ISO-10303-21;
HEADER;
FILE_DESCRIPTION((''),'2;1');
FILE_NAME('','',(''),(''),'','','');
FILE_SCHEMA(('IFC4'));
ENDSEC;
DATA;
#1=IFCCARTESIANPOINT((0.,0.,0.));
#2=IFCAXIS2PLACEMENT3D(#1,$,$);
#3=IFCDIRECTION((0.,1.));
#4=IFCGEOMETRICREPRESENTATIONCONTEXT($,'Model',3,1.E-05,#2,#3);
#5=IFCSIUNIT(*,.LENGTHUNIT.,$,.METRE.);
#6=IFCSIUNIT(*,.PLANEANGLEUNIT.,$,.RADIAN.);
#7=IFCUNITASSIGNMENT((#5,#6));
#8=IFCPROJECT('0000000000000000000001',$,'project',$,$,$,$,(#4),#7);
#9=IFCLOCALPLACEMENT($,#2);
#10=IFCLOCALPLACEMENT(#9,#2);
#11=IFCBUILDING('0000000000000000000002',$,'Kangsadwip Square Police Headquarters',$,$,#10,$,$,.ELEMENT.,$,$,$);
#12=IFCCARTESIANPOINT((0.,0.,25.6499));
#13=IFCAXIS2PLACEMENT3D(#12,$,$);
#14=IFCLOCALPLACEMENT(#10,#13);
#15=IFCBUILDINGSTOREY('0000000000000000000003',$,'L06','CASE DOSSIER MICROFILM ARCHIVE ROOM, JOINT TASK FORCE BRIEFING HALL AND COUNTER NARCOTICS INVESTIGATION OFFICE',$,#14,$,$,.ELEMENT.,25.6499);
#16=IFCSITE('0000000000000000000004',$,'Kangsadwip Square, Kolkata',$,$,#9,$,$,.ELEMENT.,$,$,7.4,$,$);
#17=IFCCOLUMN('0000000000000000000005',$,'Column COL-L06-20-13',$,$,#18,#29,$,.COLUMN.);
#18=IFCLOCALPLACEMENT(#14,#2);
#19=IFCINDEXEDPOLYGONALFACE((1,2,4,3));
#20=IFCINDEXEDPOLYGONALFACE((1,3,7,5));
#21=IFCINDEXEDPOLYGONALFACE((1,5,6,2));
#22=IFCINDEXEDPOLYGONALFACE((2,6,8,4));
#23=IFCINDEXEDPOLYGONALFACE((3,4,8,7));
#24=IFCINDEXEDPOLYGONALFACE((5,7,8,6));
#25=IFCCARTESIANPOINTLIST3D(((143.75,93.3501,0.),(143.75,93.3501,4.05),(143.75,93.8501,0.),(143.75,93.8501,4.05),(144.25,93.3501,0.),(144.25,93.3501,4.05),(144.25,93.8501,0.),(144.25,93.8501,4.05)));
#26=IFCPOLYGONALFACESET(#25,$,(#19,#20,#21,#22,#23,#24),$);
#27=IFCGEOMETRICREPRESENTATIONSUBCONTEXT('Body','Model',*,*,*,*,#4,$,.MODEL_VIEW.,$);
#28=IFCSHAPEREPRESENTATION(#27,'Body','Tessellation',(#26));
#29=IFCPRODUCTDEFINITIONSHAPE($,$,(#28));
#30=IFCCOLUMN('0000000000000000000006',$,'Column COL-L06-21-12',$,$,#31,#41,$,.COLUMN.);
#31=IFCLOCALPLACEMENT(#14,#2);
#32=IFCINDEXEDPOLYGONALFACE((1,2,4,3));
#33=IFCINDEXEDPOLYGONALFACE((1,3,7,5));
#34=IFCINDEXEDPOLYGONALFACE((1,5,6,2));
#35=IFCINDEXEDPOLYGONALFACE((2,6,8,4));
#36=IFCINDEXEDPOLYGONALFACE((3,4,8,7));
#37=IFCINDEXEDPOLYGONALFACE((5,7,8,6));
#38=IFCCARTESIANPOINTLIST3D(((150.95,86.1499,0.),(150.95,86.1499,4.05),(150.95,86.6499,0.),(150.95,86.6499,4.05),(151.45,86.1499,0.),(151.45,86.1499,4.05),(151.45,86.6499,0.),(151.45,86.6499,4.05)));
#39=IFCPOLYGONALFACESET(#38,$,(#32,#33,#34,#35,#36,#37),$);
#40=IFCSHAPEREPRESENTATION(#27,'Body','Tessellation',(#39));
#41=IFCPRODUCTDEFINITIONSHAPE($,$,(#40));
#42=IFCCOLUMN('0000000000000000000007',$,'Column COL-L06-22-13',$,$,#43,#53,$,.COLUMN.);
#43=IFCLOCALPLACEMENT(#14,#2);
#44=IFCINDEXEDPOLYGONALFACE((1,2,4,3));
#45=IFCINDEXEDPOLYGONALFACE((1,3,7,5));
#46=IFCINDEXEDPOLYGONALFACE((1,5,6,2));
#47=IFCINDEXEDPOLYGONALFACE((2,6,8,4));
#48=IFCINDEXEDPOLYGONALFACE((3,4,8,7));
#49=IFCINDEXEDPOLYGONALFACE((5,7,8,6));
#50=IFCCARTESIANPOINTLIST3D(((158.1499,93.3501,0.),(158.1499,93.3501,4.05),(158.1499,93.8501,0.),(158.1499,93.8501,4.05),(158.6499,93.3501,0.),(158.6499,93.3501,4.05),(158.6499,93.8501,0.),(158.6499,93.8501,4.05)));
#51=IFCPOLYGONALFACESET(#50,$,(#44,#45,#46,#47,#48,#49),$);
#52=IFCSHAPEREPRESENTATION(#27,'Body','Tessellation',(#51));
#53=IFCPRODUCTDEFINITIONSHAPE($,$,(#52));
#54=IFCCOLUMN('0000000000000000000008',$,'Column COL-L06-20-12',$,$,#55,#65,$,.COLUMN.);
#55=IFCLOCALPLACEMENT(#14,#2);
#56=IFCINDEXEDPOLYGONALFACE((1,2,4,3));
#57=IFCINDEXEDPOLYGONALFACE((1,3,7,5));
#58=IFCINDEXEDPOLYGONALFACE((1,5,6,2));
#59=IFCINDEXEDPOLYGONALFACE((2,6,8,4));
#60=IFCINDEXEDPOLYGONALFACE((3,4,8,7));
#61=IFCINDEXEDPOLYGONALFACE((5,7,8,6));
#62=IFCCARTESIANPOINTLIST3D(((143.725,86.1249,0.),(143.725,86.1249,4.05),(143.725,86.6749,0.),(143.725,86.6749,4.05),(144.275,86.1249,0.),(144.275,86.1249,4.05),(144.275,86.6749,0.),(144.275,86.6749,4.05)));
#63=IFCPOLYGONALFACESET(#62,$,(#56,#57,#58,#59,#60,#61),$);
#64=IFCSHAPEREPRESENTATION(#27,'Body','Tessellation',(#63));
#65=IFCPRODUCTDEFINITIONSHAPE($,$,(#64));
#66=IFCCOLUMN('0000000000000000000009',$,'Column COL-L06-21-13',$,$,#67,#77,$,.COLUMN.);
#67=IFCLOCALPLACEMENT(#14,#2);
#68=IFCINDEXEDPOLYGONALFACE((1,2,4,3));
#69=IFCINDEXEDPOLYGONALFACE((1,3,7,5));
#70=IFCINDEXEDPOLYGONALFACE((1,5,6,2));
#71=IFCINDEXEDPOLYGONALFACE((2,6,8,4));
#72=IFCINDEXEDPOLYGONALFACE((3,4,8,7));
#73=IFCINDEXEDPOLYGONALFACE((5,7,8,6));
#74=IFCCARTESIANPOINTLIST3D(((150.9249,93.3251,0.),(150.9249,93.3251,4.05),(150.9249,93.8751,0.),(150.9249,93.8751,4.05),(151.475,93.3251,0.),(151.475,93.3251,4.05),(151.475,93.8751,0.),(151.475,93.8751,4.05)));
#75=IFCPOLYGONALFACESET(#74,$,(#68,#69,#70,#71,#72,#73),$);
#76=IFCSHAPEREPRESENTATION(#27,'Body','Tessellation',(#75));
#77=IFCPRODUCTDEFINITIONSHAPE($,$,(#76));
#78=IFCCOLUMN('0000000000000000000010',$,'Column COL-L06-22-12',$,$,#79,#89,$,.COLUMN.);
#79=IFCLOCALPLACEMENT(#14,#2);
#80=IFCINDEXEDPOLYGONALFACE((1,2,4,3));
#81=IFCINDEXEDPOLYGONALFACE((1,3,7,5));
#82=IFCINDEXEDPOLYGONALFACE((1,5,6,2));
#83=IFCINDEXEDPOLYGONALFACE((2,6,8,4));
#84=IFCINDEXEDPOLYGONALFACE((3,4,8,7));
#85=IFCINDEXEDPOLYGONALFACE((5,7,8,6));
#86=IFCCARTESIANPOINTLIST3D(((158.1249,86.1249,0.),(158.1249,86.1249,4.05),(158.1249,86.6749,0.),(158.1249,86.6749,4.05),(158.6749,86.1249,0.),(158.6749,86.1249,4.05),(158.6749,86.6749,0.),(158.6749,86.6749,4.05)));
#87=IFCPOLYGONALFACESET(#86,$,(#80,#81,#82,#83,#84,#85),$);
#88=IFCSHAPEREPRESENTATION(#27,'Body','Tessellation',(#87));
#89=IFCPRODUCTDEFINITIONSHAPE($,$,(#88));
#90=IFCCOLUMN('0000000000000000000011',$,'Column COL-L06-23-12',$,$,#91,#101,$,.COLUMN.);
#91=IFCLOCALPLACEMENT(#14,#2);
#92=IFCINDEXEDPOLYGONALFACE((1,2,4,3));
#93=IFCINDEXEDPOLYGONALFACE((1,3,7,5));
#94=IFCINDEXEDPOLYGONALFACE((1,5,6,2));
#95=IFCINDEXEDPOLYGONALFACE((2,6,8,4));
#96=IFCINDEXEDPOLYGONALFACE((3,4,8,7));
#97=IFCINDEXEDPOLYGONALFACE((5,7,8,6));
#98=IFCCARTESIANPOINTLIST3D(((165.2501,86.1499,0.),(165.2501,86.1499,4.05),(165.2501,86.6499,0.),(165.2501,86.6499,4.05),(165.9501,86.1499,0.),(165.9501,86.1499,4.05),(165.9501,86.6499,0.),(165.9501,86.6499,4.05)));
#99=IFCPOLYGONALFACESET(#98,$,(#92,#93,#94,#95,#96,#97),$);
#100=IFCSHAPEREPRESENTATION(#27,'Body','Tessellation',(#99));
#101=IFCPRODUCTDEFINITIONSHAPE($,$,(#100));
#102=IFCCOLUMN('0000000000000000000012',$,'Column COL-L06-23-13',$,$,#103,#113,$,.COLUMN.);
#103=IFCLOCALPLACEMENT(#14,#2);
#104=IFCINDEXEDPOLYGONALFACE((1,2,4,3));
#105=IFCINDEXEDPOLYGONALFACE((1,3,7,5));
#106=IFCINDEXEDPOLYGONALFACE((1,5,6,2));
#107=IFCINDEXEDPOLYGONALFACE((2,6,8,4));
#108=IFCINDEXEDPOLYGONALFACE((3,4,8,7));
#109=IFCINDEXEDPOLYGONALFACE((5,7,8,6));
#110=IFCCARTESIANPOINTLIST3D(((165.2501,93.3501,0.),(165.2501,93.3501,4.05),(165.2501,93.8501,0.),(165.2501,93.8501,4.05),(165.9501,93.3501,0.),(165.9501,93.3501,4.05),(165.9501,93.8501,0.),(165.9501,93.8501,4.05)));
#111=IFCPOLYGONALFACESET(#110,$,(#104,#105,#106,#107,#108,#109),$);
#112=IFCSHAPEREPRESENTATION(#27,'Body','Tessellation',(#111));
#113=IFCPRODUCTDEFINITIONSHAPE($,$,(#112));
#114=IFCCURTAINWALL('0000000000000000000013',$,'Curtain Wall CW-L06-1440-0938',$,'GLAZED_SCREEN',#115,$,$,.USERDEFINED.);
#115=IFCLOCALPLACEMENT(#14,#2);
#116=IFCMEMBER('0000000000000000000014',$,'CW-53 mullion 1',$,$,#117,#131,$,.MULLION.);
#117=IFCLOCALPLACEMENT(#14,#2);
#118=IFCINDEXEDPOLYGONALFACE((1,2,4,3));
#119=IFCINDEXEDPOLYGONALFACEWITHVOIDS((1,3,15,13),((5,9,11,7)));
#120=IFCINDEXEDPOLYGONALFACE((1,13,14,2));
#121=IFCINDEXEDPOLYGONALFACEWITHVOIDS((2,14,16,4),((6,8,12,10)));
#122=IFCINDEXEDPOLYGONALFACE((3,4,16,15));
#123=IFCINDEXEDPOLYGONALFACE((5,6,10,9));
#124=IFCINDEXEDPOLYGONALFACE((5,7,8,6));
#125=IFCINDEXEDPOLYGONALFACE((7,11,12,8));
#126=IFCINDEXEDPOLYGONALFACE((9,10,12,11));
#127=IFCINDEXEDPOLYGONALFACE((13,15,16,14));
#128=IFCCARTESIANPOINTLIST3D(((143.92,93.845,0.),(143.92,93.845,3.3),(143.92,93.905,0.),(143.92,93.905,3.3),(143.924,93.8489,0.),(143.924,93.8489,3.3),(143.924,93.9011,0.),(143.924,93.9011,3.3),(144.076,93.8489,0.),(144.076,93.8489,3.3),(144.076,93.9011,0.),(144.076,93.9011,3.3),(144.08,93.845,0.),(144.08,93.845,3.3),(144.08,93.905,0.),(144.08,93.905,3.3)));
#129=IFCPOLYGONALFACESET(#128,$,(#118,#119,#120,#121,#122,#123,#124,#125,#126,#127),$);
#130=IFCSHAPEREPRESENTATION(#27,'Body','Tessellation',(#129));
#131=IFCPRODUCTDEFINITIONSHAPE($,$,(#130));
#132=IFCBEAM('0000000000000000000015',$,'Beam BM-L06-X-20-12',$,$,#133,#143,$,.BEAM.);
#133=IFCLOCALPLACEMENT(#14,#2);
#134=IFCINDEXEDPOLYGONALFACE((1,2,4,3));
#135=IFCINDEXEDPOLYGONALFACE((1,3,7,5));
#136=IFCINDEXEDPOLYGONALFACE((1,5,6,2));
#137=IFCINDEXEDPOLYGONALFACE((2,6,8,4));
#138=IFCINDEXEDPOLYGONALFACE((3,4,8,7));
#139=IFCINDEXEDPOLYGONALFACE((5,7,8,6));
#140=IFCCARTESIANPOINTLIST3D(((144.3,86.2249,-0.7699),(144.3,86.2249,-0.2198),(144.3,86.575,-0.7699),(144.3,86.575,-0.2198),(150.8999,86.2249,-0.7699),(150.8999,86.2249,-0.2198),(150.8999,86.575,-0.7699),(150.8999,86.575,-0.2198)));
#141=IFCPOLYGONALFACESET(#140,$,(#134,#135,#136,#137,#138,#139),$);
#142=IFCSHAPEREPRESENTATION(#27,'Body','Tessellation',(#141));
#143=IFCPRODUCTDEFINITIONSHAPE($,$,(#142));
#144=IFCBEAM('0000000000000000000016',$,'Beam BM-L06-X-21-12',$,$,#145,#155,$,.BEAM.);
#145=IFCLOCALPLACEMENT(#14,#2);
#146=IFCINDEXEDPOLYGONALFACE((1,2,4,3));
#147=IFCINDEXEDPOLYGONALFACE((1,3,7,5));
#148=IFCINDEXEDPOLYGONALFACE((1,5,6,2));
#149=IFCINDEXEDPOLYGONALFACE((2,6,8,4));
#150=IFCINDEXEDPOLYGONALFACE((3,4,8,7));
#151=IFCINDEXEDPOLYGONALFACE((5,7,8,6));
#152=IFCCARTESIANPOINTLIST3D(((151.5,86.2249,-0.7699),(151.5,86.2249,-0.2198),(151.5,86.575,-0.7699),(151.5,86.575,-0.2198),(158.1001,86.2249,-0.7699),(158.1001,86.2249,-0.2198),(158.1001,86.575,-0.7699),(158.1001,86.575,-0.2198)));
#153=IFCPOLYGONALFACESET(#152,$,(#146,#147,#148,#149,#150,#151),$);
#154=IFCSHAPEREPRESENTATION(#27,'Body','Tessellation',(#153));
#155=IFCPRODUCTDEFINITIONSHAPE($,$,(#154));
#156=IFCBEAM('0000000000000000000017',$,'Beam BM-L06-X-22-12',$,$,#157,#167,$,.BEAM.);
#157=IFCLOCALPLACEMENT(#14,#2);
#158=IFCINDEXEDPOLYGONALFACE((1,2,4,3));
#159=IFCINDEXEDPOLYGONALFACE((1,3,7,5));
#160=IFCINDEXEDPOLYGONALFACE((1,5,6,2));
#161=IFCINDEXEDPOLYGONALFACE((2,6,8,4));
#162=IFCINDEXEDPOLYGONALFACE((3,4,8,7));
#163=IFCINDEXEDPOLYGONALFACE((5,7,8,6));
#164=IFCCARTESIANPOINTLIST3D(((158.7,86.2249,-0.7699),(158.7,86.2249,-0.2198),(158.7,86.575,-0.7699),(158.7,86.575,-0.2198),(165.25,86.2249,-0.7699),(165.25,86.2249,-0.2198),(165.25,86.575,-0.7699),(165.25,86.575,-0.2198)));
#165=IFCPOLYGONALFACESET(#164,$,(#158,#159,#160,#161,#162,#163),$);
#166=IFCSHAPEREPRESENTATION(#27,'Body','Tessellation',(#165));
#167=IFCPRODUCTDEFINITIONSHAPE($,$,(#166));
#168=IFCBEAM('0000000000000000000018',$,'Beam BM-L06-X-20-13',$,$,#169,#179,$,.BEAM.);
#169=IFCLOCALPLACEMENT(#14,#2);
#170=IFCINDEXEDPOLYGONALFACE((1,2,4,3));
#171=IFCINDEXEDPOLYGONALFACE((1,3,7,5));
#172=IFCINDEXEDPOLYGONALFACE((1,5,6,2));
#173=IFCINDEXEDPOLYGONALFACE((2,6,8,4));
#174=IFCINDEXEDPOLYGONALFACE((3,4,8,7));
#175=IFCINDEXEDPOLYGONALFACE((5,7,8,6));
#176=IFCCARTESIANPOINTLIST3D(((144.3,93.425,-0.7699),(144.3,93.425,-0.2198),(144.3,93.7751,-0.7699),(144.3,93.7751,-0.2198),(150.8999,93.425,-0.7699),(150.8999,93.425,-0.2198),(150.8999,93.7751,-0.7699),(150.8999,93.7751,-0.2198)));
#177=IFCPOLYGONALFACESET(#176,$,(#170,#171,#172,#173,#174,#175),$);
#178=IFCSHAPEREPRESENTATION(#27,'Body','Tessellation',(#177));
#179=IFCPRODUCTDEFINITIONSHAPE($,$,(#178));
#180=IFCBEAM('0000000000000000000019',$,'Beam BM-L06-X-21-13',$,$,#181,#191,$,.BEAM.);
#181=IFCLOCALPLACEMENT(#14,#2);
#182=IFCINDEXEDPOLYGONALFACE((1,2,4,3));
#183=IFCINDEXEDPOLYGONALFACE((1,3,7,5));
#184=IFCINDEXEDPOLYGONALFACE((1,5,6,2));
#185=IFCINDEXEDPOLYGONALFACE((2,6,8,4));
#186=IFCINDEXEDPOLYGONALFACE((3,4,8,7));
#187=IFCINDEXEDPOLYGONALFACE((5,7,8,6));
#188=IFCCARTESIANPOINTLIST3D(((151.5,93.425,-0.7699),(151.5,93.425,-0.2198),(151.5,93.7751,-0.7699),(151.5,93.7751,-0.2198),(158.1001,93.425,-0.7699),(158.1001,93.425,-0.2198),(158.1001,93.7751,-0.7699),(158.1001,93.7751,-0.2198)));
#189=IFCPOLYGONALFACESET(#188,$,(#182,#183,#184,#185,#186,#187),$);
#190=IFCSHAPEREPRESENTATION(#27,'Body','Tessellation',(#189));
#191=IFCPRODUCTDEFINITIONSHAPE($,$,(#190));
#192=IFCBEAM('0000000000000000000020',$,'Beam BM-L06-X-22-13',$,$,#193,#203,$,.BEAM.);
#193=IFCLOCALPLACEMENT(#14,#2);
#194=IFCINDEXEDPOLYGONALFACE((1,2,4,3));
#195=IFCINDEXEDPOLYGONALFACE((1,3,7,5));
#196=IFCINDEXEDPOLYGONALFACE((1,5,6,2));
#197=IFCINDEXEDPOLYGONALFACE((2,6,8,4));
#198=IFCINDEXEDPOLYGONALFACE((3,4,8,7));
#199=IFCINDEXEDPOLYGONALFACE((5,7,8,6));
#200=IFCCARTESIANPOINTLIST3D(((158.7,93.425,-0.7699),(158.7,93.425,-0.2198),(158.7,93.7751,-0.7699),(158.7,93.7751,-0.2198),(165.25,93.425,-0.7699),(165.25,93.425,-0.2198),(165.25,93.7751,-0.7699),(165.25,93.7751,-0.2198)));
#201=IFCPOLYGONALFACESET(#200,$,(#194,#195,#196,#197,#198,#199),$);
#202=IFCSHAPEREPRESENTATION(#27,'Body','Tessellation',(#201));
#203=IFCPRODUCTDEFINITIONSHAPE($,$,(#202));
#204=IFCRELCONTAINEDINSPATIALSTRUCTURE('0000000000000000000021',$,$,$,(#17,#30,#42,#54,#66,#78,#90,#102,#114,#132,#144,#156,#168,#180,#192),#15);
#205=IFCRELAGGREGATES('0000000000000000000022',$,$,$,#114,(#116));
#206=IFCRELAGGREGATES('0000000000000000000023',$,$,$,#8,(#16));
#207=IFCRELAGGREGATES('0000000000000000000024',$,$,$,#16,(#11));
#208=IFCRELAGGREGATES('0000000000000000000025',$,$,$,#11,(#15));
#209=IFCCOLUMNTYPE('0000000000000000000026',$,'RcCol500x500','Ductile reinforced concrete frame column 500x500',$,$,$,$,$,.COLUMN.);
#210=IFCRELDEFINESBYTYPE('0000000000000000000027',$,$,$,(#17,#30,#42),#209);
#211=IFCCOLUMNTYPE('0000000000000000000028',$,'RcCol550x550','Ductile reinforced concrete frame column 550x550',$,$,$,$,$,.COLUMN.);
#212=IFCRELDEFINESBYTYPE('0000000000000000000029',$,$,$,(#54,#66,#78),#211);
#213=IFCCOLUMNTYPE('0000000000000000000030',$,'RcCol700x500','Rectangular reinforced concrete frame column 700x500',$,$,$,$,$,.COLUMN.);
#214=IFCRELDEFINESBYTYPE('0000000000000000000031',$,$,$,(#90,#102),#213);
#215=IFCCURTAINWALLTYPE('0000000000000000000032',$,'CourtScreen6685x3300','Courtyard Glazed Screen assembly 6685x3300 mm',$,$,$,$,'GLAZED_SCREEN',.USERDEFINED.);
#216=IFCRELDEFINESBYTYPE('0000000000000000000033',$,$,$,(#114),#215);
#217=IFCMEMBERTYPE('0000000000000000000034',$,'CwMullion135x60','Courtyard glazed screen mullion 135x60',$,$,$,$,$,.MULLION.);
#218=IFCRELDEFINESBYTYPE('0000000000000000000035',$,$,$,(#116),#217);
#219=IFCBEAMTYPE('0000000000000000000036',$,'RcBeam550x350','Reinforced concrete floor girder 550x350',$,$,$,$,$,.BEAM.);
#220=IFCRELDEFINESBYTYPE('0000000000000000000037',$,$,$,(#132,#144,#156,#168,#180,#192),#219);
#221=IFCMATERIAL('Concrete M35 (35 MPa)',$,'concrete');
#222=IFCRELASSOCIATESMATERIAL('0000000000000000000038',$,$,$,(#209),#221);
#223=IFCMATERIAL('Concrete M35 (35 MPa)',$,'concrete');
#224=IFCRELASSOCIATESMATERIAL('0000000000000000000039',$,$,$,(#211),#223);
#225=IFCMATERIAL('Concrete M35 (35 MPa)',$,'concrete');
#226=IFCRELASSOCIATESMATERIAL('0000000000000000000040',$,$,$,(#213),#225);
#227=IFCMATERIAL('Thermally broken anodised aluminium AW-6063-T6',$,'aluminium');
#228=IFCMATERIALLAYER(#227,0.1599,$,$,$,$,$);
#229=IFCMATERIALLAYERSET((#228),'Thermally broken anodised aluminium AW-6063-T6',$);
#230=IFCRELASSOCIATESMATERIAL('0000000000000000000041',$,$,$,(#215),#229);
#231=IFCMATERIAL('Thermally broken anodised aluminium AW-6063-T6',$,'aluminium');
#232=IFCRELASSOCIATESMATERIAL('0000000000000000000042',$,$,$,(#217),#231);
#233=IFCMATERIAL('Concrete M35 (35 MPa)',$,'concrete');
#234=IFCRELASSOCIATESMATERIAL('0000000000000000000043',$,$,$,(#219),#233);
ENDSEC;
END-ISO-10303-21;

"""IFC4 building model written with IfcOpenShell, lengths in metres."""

from ifc_helpers import new_model, si_unit, direction, frame, origin, origin_2d, place, context, subcontext, project, spatial, rectangle, hollow_rectangle, extrude, material, layer, layer_set, material_profile, profile_set, type_object, element, aggregate, save


model = new_model("IFC4")

# Units and contexts
model_context = context("Model", 3, precision=1e-05, world=origin(), true_north=direction((0.0, 1.0)))
body_context = subcontext(model_context, "Body", "Model", "MODEL_VIEW")
ifc_project = project(units=[si_unit("LENGTHUNIT", "METRE"), si_unit("PLANEANGLEUNIT", "RADIAN")], contexts=[model_context])

# Site, building, storey
site_placement = place(None, origin())
site = spatial("IfcSite", under=ifc_project, at=site_placement, Name="Kangsadwip Square, Kolkata", CompositionType="ELEMENT", RefElevation=7.4)
building_placement = place(site_placement, origin())
building = spatial("IfcBuilding", under=site, at=building_placement, Name="Kangsadwip Square Police Headquarters", CompositionType="ELEMENT")
storey_placement = place(building_placement, frame((0.0, 0.0, 25.6499)))
storey = spatial("IfcBuildingStorey", under=building, at=storey_placement, Name="L06", Description="CASE DOSSIER MICROFILM ARCHIVE ROOM, JOINT TASK FORCE BRIEFING HALL AND COUNTER NARCOTICS INVESTIGATION OFFICE", CompositionType="ELEMENT", Elevation=25.6499)

# Columns
ifc_material_1 = material(Name="Concrete M35 (35 MPa)", Category="concrete")
ifc_material_profile_1 = material_profile(ifc_material_1, rectangle(XDim=0.5, YDim=0.5, at=origin_2d()), Name="RC COL 500X500")
ifc_profile_set_1 = profile_set([ifc_material_profile_1], Name="Concrete M35 (35 MPa)")
column_type_1 = type_object("IfcColumnType", Name="RcCol500x500", Description="Ductile reinforced concrete frame column 500x500", PredefinedType="COLUMN", material=ifc_profile_set_1)
for number, where, z_axis, x_axis, name in (
    (1, (144.0, 93.6001, 0.0), (0.0, 0.0, 1.0), (1.0, 0.0, 0.0), "Column COL-L06-20-13"),
    (2, (151.2, 86.3999, 0.0), (0.0, 0.0, 1.0), (1.0, 0.0, 0.0), "Column COL-L06-21-12"),
    (3, (158.3999, 93.6001, 0.0), (0.0, 0.0, 1.0), (1.0, 0.0, 0.0), "Column COL-L06-22-13"),
):
    element("IfcColumn", number, at=place(storey_placement, frame(where, z_axis=z_axis, x_axis=x_axis)), inside=storey, type_object=column_type_1, Name=name, PredefinedType="COLUMN", context=body_context, shape_type="SweptSolid", body=[
        extrude(rectangle(XDim=0.5, YDim=0.5, at=origin_2d()), origin(), (0.0, 0.0, 1.0), 4.05),
    ])
ifc_material_2 = material(Name="Concrete M35 (35 MPa)", Category="concrete")
ifc_material_profile_2 = material_profile(ifc_material_2, rectangle(XDim=0.55, YDim=0.55, at=origin_2d()), Name="RC COL 550X550")
ifc_profile_set_2 = profile_set([ifc_material_profile_2], Name="Concrete M35 (35 MPa)")
column_type_2 = type_object("IfcColumnType", Name="RcCol550x550", Description="Ductile reinforced concrete frame column 550x550", PredefinedType="COLUMN", material=ifc_profile_set_2)
for number, where, z_axis, x_axis, name in (
    (4, (144.0, 86.3999, 0.0), (0.0, 0.0, 1.0), (1.0, 0.0, 0.0), "Column COL-L06-20-12"),
    (5, (151.2, 93.6001, 0.0), (0.0, 0.0, 1.0), (1.0, 0.0, 0.0), "Column COL-L06-21-13"),
    (6, (158.3999, 86.3999, 0.0), (0.0, 0.0, 1.0), (1.0, 0.0, 0.0), "Column COL-L06-22-12"),
):
    element("IfcColumn", number, at=place(storey_placement, frame(where, z_axis=z_axis, x_axis=x_axis)), inside=storey, type_object=column_type_2, Name=name, PredefinedType="COLUMN", context=body_context, shape_type="SweptSolid", body=[
        extrude(rectangle(XDim=0.55, YDim=0.55, at=origin_2d()), origin(), (0.0, 0.0, 1.0), 4.05),
    ])
ifc_material_3 = material(Name="Concrete M35 (35 MPa)", Category="concrete")
ifc_material_profile_3 = material_profile(ifc_material_3, rectangle(XDim=0.5, YDim=0.7, at=origin_2d()), Name="RC COL 700X500")
ifc_profile_set_3 = profile_set([ifc_material_profile_3], Name="Concrete M35 (35 MPa)")
column_type_3 = type_object("IfcColumnType", Name="RcCol700x500", Description="Rectangular reinforced concrete frame column 700x500", PredefinedType="COLUMN", material=ifc_profile_set_3)
for number, where, z_axis, x_axis, name in (
    (7, (165.6001, 86.3999, 0.0), (0.0, 0.0, 1.0), (0.0, 1.0, 0.0), "Column COL-L06-23-12"),
    (8, (165.6001, 93.6001, 0.0), (0.0, 0.0, 1.0), (0.0, 1.0, 0.0), "Column COL-L06-23-13"),
):
    element("IfcColumn", number, at=place(storey_placement, frame(where, z_axis=z_axis, x_axis=x_axis)), inside=storey, type_object=column_type_3, Name=name, PredefinedType="COLUMN", context=body_context, shape_type="SweptSolid", body=[
        extrude(rectangle(XDim=0.5, YDim=0.7, at=origin_2d()), origin(), (0.0, 0.0, 1.0), 4.05),
    ])

# Curtain wall, member
ifc_material_4 = material(Name="Thermally broken anodised aluminium AW-6063-T6", Category="aluminium")
ifc_layer_1 = layer(ifc_material_4, 0.1599)
ifc_layer_set_1 = layer_set([ifc_layer_1], Name="Thermally broken anodised aluminium AW-6063-T6")
curtain_wall_type = type_object("IfcCurtainWallType", Name="CourtScreen6685x3300", Description="Courtyard Glazed Screen assembly 6685x3300 mm", ElementType="GLAZED_SCREEN", PredefinedType="USERDEFINED", material=ifc_layer_set_1)
curtain_wall_placement = place(storey_placement, origin())
curtain_wall = element("IfcCurtainWall", 9, at=curtain_wall_placement, inside=storey, type_object=curtain_wall_type, Name="Curtain Wall CW-L06-1440-0938", ObjectType="GLAZED_SCREEN", PredefinedType="USERDEFINED")
ifc_material_5 = material(Name="Thermally broken anodised aluminium AW-6063-T6", Category="aluminium")
ifc_material_profile_4 = material_profile(ifc_material_5, hollow_rectangle(XDim=0.0601, YDim=0.1599, WallThickness=0.0039, at=origin_2d()), Name="CWM 160X60X4")
ifc_profile_set_4 = profile_set([ifc_material_profile_4], Name="Thermally broken anodised aluminium AW-6063-T6")
member_type = type_object("IfcMemberType", Name="CwMullion135x60", Description="Courtyard glazed screen mullion 135x60", PredefinedType="MULLION", material=ifc_profile_set_4)
member_placement = place(storey_placement, frame((144.0, 93.875, 0.0), z_axis=(0.0, 0.0, 1.0), x_axis=(0.0, 1.0, 0.0)))
member = element("IfcMember", 10, at=member_placement, type_object=member_type, Name="CW-53 mullion 1", PredefinedType="MULLION", context=body_context, shape_type="SweptSolid", body=[
    extrude(hollow_rectangle(XDim=0.0601, YDim=0.1599, WallThickness=0.0039, at=origin_2d()), origin(), (0.0, 0.0, 1.0), 3.3),
])
aggregate(curtain_wall, [member])

# Beams
ifc_material_6 = material(Name="Concrete M35 (35 MPa)", Category="concrete")
ifc_material_profile_5 = material_profile(ifc_material_6, rectangle(XDim=0.3501, YDim=0.55, at=origin_2d()), Name="RC BM 550X350")
ifc_profile_set_5 = profile_set([ifc_material_profile_5], Name="Concrete M35 (35 MPa)")
beam_type_1 = type_object("IfcBeamType", Name="RcBeam550x350", Description="Reinforced concrete floor girder 550x350", PredefinedType="BEAM", material=ifc_profile_set_5)
beam_1_placement = place(storey_placement, frame((144.3, 86.3999, -0.4949), z_axis=(1.0, 0.0, 0.0), x_axis=(0.0, 1.0, 0.0)))
element("IfcBeam", 11, at=beam_1_placement, inside=storey, type_object=beam_type_1, Name="Beam BM-L06-X-20-12", PredefinedType="BEAM", context=body_context, shape_type="SweptSolid", body=[
    extrude(rectangle(XDim=0.3501, YDim=0.55, at=origin_2d()), origin(), (0.0, 0.0, 1.0), 6.5999),
])
beam_2_placement = place(storey_placement, frame((151.5, 86.3999, -0.4949), z_axis=(1.0, 0.0, 0.0), x_axis=(0.0, 1.0, 0.0)))
element("IfcBeam", 12, at=beam_2_placement, inside=storey, type_object=beam_type_1, Name="Beam BM-L06-X-21-12", PredefinedType="BEAM", context=body_context, shape_type="SweptSolid", body=[
    extrude(rectangle(XDim=0.3501, YDim=0.55, at=origin_2d()), origin(), (0.0, 0.0, 1.0), 6.6001),
])
beam_3_placement = place(storey_placement, frame((158.7, 86.3999, -0.4949), z_axis=(1.0, 0.0, 0.0), x_axis=(0.0, 1.0, 0.0)))
element("IfcBeam", 13, at=beam_3_placement, inside=storey, type_object=beam_type_1, Name="Beam BM-L06-X-22-12", PredefinedType="BEAM", context=body_context, shape_type="SweptSolid", body=[
    extrude(rectangle(XDim=0.3501, YDim=0.55, at=origin_2d()), origin(), (0.0, 0.0, 1.0), 6.55),
])
beam_4_placement = place(storey_placement, frame((144.3, 93.6001, -0.4949), z_axis=(1.0, 0.0, 0.0), x_axis=(0.0, 1.0, 0.0)))
element("IfcBeam", 14, at=beam_4_placement, inside=storey, type_object=beam_type_1, Name="Beam BM-L06-X-20-13", PredefinedType="BEAM", context=body_context, shape_type="SweptSolid", body=[
    extrude(rectangle(XDim=0.3501, YDim=0.55, at=origin_2d()), origin(), (0.0, 0.0, 1.0), 6.5999),
])
beam_5_placement = place(storey_placement, frame((151.5, 93.6001, -0.4949), z_axis=(1.0, 0.0, 0.0), x_axis=(0.0, 1.0, 0.0)))
element("IfcBeam", 15, at=beam_5_placement, inside=storey, type_object=beam_type_1, Name="Beam BM-L06-X-21-13", PredefinedType="BEAM", context=body_context, shape_type="SweptSolid", body=[
    extrude(rectangle(XDim=0.3501, YDim=0.55, at=origin_2d()), origin(), (0.0, 0.0, 1.0), 6.6001),
])
beam_6_placement = place(storey_placement, frame((158.7, 93.6001, -0.4949), z_axis=(1.0, 0.0, 0.0), x_axis=(0.0, 1.0, 0.0)))
element("IfcBeam", 16, at=beam_6_placement, inside=storey, type_object=beam_type_1, Name="Beam BM-L06-X-22-13", PredefinedType="BEAM", context=body_context, shape_type="SweptSolid", body=[
    extrude(rectangle(XDim=0.3501, YDim=0.55, at=origin_2d()), origin(), (0.0, 0.0, 1.0), 6.55),
])

save(model, "model.ifc")
